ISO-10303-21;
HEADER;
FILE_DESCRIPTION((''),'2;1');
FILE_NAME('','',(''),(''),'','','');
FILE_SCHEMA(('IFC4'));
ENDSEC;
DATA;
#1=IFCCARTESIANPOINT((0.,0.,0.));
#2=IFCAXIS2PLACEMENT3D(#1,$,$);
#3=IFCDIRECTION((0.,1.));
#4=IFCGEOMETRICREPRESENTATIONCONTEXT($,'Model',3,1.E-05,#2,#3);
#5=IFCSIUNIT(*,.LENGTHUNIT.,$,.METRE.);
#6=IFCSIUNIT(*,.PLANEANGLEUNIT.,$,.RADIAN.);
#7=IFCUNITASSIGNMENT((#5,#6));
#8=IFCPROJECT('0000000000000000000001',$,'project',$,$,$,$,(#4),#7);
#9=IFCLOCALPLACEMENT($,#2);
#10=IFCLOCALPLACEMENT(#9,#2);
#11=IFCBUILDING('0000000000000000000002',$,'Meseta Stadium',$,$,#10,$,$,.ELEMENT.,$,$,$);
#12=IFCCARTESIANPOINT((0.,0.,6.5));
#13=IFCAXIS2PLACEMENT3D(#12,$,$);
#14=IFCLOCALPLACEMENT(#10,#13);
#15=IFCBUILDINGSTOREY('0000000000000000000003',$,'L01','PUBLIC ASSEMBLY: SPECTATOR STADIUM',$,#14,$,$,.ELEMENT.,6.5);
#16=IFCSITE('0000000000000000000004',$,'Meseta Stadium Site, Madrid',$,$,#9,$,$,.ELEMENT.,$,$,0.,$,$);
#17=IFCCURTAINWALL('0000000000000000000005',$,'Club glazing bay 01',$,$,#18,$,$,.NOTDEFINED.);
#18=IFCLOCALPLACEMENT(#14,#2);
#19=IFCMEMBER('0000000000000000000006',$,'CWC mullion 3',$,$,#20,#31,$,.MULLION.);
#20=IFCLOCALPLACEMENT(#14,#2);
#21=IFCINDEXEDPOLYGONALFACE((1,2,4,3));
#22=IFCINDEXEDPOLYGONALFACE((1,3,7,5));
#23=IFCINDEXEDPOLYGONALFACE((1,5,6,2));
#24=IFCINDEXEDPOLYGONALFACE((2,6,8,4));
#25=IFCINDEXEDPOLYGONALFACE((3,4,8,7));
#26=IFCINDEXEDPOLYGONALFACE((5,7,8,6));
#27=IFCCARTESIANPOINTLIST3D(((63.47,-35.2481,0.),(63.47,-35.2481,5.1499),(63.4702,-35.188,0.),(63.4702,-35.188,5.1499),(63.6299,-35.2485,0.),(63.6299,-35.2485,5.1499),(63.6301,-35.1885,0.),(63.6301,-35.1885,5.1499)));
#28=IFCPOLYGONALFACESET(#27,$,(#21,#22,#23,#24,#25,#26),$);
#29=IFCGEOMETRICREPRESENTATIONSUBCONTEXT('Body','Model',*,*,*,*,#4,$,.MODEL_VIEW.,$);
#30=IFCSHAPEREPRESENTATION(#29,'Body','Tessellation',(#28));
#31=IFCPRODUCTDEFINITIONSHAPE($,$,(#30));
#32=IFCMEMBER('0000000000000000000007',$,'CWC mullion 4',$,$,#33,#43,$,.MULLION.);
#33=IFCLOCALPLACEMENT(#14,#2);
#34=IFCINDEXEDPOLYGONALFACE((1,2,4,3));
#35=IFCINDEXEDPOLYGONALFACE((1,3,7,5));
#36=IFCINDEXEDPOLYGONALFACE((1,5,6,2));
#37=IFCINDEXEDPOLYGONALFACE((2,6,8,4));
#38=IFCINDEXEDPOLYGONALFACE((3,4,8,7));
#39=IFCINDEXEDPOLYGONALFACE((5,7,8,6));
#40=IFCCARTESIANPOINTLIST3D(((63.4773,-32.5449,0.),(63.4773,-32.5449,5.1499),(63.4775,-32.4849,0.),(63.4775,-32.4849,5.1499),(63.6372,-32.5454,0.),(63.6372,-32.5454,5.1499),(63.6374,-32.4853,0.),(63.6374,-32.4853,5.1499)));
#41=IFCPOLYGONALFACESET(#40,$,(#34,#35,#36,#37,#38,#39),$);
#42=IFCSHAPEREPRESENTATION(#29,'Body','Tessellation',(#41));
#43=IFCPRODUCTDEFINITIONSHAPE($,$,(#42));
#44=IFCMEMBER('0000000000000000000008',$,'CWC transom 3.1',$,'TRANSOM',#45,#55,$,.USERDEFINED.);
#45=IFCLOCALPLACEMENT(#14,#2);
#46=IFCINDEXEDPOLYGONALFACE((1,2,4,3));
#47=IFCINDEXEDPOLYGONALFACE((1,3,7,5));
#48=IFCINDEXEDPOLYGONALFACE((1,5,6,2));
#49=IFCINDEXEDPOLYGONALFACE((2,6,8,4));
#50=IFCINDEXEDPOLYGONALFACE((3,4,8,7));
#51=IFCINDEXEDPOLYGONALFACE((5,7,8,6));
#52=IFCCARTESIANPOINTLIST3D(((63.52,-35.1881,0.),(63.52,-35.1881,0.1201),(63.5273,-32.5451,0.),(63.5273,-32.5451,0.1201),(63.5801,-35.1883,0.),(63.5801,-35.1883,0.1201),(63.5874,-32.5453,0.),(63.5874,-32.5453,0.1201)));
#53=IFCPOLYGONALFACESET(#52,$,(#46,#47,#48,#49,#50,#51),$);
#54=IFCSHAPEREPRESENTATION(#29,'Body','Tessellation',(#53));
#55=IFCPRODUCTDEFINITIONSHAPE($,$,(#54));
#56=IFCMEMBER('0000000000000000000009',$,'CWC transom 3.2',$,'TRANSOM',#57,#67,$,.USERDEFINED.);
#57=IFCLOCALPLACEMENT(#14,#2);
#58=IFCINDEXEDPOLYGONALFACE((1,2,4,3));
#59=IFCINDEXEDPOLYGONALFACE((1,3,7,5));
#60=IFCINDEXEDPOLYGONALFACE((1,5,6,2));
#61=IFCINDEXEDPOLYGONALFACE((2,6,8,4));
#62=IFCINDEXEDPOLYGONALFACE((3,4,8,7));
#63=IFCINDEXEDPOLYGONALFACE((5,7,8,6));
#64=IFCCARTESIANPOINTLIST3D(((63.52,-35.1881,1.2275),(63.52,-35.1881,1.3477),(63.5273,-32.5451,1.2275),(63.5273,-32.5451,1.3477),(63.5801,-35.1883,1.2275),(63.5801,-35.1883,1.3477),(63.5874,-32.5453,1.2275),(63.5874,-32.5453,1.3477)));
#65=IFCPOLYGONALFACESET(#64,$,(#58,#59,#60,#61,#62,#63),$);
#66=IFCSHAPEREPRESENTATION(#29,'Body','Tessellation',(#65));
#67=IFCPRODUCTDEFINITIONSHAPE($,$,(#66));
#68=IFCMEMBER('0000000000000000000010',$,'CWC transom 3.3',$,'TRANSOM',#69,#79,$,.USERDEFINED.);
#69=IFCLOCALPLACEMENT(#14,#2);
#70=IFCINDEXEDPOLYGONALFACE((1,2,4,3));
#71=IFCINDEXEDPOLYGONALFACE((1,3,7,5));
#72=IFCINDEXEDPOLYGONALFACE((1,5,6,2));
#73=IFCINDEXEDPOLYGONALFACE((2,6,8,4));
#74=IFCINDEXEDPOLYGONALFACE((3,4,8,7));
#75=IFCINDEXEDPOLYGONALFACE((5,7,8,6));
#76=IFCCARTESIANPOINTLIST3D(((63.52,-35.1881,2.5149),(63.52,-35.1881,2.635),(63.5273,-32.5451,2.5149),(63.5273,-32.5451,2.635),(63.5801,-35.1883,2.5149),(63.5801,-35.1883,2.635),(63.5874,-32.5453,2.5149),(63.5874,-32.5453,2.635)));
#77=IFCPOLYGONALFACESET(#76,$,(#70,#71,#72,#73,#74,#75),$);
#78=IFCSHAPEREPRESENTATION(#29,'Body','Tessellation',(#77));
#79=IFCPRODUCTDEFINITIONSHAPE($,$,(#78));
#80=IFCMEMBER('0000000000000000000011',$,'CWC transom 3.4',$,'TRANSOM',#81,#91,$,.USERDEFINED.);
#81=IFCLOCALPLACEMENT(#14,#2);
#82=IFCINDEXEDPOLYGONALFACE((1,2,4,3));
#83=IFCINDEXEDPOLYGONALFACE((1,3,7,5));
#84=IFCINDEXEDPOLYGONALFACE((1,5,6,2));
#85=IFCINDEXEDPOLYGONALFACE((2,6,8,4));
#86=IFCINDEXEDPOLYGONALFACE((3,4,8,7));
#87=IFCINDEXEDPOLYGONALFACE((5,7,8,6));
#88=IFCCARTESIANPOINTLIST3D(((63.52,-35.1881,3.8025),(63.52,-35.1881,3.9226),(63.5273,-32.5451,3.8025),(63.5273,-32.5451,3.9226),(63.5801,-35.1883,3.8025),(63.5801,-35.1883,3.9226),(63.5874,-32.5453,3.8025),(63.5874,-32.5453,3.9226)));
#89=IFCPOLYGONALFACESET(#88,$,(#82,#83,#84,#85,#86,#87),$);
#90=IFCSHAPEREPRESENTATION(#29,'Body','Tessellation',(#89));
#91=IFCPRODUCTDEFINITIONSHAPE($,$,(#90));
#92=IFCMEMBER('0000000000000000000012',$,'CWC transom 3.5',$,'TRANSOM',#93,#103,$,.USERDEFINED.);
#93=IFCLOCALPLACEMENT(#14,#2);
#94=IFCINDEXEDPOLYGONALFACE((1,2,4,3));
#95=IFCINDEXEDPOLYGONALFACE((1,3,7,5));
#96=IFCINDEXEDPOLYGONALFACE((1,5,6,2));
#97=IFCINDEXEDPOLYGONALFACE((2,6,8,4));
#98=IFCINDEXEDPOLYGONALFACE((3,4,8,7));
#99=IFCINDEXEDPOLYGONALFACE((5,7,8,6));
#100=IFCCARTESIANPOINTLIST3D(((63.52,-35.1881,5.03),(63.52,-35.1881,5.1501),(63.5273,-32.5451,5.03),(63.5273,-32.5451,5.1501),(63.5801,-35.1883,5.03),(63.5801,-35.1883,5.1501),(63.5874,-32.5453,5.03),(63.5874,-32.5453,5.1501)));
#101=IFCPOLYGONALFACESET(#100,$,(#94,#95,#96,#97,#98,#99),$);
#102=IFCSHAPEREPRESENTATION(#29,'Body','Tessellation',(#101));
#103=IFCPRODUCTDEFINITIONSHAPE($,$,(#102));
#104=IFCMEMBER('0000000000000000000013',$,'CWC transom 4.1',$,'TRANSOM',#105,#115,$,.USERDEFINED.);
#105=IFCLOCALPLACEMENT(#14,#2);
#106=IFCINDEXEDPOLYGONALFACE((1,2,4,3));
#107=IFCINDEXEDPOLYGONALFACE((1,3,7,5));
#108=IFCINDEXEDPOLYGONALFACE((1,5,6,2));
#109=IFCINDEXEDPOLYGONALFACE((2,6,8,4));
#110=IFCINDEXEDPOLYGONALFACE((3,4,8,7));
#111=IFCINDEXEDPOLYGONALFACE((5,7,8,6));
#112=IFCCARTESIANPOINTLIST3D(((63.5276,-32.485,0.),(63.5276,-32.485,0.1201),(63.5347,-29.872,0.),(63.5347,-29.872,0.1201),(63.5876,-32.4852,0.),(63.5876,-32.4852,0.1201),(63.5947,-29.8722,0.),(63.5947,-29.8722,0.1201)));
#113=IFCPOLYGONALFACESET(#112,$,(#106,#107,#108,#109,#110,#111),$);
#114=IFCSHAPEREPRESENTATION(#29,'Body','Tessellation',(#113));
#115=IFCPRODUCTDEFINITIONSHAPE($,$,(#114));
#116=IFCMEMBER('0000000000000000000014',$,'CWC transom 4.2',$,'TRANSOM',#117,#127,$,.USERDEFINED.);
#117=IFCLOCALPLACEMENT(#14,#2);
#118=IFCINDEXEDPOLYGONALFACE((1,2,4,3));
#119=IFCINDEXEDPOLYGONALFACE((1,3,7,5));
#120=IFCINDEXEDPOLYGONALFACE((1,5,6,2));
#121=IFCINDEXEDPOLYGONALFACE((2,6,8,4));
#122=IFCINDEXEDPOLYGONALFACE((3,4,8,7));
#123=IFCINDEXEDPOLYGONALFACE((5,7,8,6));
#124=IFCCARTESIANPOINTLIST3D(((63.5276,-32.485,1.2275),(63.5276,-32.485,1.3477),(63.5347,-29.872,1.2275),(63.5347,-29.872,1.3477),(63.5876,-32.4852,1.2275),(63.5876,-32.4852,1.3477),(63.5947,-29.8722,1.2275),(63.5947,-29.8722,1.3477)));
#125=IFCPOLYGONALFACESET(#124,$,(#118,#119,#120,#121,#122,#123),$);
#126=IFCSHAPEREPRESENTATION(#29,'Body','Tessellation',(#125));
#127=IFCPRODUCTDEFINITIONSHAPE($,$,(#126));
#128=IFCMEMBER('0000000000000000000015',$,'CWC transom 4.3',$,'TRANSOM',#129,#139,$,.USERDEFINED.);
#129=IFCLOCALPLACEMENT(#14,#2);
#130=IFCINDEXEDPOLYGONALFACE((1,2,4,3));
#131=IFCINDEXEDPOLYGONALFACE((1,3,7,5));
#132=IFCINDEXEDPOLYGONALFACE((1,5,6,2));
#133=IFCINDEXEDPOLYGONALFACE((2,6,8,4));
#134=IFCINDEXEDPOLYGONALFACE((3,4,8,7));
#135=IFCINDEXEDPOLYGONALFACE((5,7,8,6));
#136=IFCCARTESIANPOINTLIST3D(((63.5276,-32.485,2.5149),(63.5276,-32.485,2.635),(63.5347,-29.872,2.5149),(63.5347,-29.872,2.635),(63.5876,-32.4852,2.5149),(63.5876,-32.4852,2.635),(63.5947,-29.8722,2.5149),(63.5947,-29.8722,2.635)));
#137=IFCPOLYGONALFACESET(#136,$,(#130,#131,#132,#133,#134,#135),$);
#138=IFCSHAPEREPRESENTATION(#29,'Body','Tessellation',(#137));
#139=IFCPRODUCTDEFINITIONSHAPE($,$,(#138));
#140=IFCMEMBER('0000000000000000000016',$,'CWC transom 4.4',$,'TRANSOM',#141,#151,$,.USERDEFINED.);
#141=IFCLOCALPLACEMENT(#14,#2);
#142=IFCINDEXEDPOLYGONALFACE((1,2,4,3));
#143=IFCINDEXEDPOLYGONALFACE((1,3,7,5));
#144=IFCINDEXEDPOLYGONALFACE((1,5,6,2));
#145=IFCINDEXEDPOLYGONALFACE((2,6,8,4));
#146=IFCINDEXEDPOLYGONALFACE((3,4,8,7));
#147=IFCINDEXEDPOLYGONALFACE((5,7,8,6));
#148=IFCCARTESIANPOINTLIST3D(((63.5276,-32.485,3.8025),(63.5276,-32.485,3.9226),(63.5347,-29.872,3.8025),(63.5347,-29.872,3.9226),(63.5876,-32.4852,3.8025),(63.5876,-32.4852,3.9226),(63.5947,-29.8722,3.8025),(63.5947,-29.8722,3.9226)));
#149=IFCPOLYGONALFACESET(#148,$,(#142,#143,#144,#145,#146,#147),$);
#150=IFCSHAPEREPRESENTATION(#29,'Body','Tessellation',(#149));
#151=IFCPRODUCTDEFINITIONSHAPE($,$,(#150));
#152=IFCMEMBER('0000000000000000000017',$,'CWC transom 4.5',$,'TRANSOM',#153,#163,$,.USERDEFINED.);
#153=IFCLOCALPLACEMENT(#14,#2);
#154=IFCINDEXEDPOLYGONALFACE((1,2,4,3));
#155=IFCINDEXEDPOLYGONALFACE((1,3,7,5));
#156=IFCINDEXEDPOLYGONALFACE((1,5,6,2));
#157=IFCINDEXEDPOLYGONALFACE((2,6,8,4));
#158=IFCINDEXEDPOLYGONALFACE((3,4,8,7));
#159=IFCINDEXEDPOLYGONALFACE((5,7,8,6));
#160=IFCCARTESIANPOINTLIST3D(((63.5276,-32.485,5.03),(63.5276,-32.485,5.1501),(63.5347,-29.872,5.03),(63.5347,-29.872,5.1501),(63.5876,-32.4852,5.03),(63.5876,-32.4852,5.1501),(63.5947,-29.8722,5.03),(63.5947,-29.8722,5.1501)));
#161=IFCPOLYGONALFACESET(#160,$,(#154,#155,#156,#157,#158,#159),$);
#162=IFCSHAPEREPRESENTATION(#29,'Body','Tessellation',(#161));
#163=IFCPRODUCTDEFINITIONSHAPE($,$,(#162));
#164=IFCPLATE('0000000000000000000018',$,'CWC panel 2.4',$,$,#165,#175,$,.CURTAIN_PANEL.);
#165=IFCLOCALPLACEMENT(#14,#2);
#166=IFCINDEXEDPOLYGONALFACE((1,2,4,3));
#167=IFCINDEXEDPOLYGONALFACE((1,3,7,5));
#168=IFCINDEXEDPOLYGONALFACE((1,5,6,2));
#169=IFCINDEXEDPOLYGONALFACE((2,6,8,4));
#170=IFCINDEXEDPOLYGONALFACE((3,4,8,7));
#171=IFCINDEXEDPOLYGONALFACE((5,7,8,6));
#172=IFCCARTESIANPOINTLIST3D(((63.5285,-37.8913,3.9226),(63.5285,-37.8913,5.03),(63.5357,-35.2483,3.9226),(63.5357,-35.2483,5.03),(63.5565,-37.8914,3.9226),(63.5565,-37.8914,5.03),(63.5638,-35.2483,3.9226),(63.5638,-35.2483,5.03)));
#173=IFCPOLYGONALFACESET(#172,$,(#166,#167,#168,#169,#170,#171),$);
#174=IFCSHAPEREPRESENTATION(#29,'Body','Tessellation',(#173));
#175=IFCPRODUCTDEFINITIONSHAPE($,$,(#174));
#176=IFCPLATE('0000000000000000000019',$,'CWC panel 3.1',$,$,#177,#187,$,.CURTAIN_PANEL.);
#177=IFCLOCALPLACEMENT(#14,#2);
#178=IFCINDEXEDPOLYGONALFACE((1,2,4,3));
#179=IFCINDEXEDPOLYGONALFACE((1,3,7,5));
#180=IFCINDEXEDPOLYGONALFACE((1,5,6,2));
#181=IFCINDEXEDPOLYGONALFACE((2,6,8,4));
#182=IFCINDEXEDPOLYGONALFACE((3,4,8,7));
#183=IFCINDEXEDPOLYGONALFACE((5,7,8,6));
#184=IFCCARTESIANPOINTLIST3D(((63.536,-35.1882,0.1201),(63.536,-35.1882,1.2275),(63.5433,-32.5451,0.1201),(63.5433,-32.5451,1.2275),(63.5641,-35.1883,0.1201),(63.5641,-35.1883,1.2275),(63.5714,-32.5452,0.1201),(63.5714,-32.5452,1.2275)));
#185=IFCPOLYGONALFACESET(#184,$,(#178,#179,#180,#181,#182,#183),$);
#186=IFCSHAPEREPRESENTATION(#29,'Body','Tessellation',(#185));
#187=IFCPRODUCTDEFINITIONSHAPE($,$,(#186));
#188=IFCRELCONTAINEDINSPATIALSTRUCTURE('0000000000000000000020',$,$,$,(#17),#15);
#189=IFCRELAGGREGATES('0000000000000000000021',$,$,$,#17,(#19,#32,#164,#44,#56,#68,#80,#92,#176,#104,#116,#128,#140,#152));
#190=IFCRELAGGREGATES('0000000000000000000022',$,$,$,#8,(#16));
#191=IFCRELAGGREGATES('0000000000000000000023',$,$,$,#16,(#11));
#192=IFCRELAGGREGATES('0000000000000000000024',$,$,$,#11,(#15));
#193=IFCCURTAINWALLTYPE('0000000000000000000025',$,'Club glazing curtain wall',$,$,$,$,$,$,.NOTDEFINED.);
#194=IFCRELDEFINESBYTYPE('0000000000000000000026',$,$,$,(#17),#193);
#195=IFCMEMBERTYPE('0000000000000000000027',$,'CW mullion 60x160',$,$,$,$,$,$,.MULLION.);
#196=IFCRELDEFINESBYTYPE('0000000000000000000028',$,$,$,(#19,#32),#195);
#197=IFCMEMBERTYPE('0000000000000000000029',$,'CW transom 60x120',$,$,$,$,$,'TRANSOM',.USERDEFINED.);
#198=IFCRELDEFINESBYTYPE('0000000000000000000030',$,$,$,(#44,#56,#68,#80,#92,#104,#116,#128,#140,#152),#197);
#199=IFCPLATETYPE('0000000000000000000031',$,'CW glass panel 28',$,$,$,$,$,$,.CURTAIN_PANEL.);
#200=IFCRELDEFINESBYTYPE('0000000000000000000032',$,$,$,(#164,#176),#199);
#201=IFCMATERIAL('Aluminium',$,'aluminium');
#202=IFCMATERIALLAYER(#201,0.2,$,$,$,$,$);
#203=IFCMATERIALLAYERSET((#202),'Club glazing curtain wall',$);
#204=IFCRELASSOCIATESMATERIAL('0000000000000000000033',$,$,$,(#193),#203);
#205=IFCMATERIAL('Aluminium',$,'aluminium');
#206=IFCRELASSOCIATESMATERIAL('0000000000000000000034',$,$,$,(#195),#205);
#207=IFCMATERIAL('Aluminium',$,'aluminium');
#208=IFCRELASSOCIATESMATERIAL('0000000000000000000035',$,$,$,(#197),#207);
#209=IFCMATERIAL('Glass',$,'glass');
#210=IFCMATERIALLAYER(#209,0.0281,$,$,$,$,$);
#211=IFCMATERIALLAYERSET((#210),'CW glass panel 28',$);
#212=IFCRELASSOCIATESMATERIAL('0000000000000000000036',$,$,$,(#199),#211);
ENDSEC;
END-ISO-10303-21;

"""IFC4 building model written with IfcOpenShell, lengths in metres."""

from ifc_helpers import new_model, si_unit, direction, frame, origin, origin_2d, place, context, subcontext, project, spatial, rectangle, extrude, material, layer, layer_set, material_profile, profile_set, type_object, element, aggregate, save


model = new_model("IFC4")

# Units and contexts
model_context = context("Model", 3, precision=1e-05, world=origin(), true_north=direction((0.0, 1.0)))
body_context = subcontext(model_context, "Body", "Model", "MODEL_VIEW")
ifc_project = project(units=[si_unit("LENGTHUNIT", "METRE"), si_unit("PLANEANGLEUNIT", "RADIAN")], contexts=[model_context])

# Site, building, storey
site_placement = place(None, origin())
site = spatial("IfcSite", under=ifc_project, at=site_placement, Name="Meseta Stadium Site, Madrid", CompositionType="ELEMENT", RefElevation=0.0)
building_placement = place(site_placement, origin())
building = spatial("IfcBuilding", under=site, at=building_placement, Name="Meseta Stadium", CompositionType="ELEMENT")
storey_placement = place(building_placement, frame((0.0, 0.0, 6.5)))
storey = spatial("IfcBuildingStorey", under=building, at=storey_placement, Name="L01", Description="PUBLIC ASSEMBLY: SPECTATOR STADIUM", CompositionType="ELEMENT", Elevation=6.5)

# Curtain wall, members, plates
ifc_material_1 = material(Name="Aluminium", Category="aluminium")
ifc_layer_1 = layer(ifc_material_1, 0.2)
ifc_layer_set_1 = layer_set([ifc_layer_1], Name="Club glazing curtain wall")
curtain_wall_type = type_object("IfcCurtainWallType", Name="Club glazing curtain wall", PredefinedType="NOTDEFINED", material=ifc_layer_set_1)
curtain_wall_placement = place(storey_placement, origin())
curtain_wall = element("IfcCurtainWall", 1, at=curtain_wall_placement, inside=storey, type_object=curtain_wall_type, Name="Club glazing bay 01", PredefinedType="NOTDEFINED")
ifc_material_2 = material(Name="Aluminium", Category="aluminium")
ifc_material_profile_1 = material_profile(ifc_material_2, rectangle(XDim=0.1599, YDim=0.0601, at=origin_2d()), Name="CW 160x60")
ifc_profile_set_1 = profile_set([ifc_material_profile_1], Name="Aluminium")
member_type_1 = type_object("IfcMemberType", Name="CW mullion 60x160", PredefinedType="MULLION", material=ifc_profile_set_1)
member_1_placement = place(storey_placement, frame((63.55, -35.2183, 0.0), z_axis=(0.0, 0.0, 1.0), x_axis=(-0.999996, 0.002758, 0.0)))
member_1 = element("IfcMember", 2, at=member_1_placement, type_object=member_type_1, Name="CWC mullion 3", PredefinedType="MULLION", context=body_context, shape_type="SweptSolid", body=[
    extrude(rectangle(XDim=0.1599, YDim=0.0601, at=origin_2d()), origin(), (0.0, 0.0, 1.0), 5.1499),
])
member_2_placement = place(storey_placement, frame((63.5574, -32.5151, 0.0), z_axis=(0.0, 0.0, 1.0), x_axis=(-0.999996, 0.002758, 0.0)))
member_2 = element("IfcMember", 3, at=member_2_placement, type_object=member_type_1, Name="CWC mullion 4", PredefinedType="MULLION", context=body_context, shape_type="SweptSolid", body=[
    extrude(rectangle(XDim=0.1599, YDim=0.0601, at=origin_2d()), origin(), (0.0, 0.0, 1.0), 5.1499),
])
ifc_material_3 = material(Name="Aluminium", Category="aluminium")
ifc_material_profile_2 = material_profile(ifc_material_3, rectangle(XDim=0.0601, YDim=0.1201, at=origin_2d()), Name="CW 60x120")
ifc_profile_set_2 = profile_set([ifc_material_profile_2], Name="Aluminium")
member_type_2 = type_object("IfcMemberType", Name="CW transom 60x120", ElementType="TRANSOM", PredefinedType="USERDEFINED", material=ifc_profile_set_2)
member_3_placement = place(storey_placement, frame((63.55, -35.1882, 0.0601), z_axis=(0.002771, 0.999996, 0.0), x_axis=(-0.999996, 0.002771, 0.0)))
member_3 = element("IfcMember", 4, at=member_3_placement, type_object=member_type_2, Name="CWC transom 3.1", ObjectType="TRANSOM", PredefinedType="USERDEFINED", context=body_context, shape_type="SweptSolid", body=[
    extrude(rectangle(XDim=0.0601, YDim=0.1201, at=origin_2d()), origin(), (0.0, 0.0, 1.0), 2.6431),
])
member_4_placement = place(storey_placement, frame((63.55, -35.1882, 1.2876), z_axis=(0.002771, 0.999996, 0.0), x_axis=(-0.999996, 0.002771, 0.0)))
member_4 = element("IfcMember", 5, at=member_4_placement, type_object=member_type_2, Name="CWC transom 3.2", ObjectType="TRANSOM", PredefinedType="USERDEFINED", context=body_context, shape_type="SweptSolid", body=[
    extrude(rectangle(XDim=0.0601, YDim=0.1201, at=origin_2d()), origin(), (0.0, 0.0, 1.0), 2.6431),
])
member_5_placement = place(storey_placement, frame((63.55, -35.1882, 2.575), z_axis=(0.002771, 0.999996, 0.0), x_axis=(-0.999996, 0.002771, 0.0)))
member_5 = element("IfcMember", 6, at=member_5_placement, type_object=member_type_2, Name="CWC transom 3.3", ObjectType="TRANSOM", PredefinedType="USERDEFINED", context=body_context, shape_type="SweptSolid", body=[
    extrude(rectangle(XDim=0.0601, YDim=0.1201, at=origin_2d()), origin(), (0.0, 0.0, 1.0), 2.6431),
])
member_6_placement = place(storey_placement, frame((63.55, -35.1882, 3.8625), z_axis=(0.002771, 0.999996, 0.0), x_axis=(-0.999996, 0.002771, 0.0)))
member_6 = element("IfcMember", 7, at=member_6_placement, type_object=member_type_2, Name="CWC transom 3.4", ObjectType="TRANSOM", PredefinedType="USERDEFINED", context=body_context, shape_type="SweptSolid", body=[
    extrude(rectangle(XDim=0.0601, YDim=0.1201, at=origin_2d()), origin(), (0.0, 0.0, 1.0), 2.6431),
])
member_7_placement = place(storey_placement, frame((63.55, -35.1882, 5.0901), z_axis=(0.002771, 0.999996, 0.0), x_axis=(-0.999996, 0.002771, 0.0)))
member_7 = element("IfcMember", 8, at=member_7_placement, type_object=member_type_2, Name="CWC transom 3.5", ObjectType="TRANSOM", PredefinedType="USERDEFINED", context=body_context, shape_type="SweptSolid", body=[
    extrude(rectangle(XDim=0.0601, YDim=0.1201, at=origin_2d()), origin(), (0.0, 0.0, 1.0), 2.6431),
])
member_8_placement = place(storey_placement, frame((63.5576, -32.4851, 0.0601), z_axis=(0.00271, 0.999996, 0.0), x_axis=(-0.999996, 0.00271, 0.0)))
member_8 = element("IfcMember", 9, at=member_8_placement, type_object=member_type_2, Name="CWC transom 4.1", ObjectType="TRANSOM", PredefinedType="USERDEFINED", context=body_context, shape_type="SweptSolid", body=[
    extrude(rectangle(XDim=0.0601, YDim=0.1201, at=origin_2d()), origin(), (0.0, 0.0, 1.0), 2.613),
])
member_9_placement = place(storey_placement, frame((63.5576, -32.4851, 1.2876), z_axis=(0.00271, 0.999996, 0.0), x_axis=(-0.999996, 0.00271, 0.0)))
member_9 = element("IfcMember", 10, at=member_9_placement, type_object=member_type_2, Name="CWC transom 4.2", ObjectType="TRANSOM", PredefinedType="USERDEFINED", context=body_context, shape_type="SweptSolid", body=[
    extrude(rectangle(XDim=0.0601, YDim=0.1201, at=origin_2d()), origin(), (0.0, 0.0, 1.0), 2.613),
])
member_10_placement = place(storey_placement, frame((63.5576, -32.4851, 2.575), z_axis=(0.00271, 0.999996, 0.0), x_axis=(-0.999996, 0.00271, 0.0)))
member_10 = element("IfcMember", 11, at=member_10_placement, type_object=member_type_2, Name="CWC transom 4.3", ObjectType="TRANSOM", PredefinedType="USERDEFINED", context=body_context, shape_type="SweptSolid", body=[
    extrude(rectangle(XDim=0.0601, YDim=0.1201, at=origin_2d()), origin(), (0.0, 0.0, 1.0), 2.613),
])
member_11_placement = place(storey_placement, frame((63.5576, -32.4851, 3.8625), z_axis=(0.00271, 0.999996, 0.0), x_axis=(-0.999996, 0.00271, 0.0)))
member_11 = element("IfcMember", 12, at=member_11_placement, type_object=member_type_2, Name="CWC transom 4.4", ObjectType="TRANSOM", PredefinedType="USERDEFINED", context=body_context, shape_type="SweptSolid", body=[
    extrude(rectangle(XDim=0.0601, YDim=0.1201, at=origin_2d()), origin(), (0.0, 0.0, 1.0), 2.613),
])
member_12_placement = place(storey_placement, frame((63.5576, -32.4851, 5.0901), z_axis=(0.00271, 0.999996, 0.0), x_axis=(-0.999996, 0.00271, 0.0)))
member_12 = element("IfcMember", 13, at=member_12_placement, type_object=member_type_2, Name="CWC transom 4.5", ObjectType="TRANSOM", PredefinedType="USERDEFINED", context=body_context, shape_type="SweptSolid", body=[
    extrude(rectangle(XDim=0.0601, YDim=0.1201, at=origin_2d()), origin(), (0.0, 0.0, 1.0), 2.613),
])
ifc_material_4 = material(Name="Glass", Category="glass")
ifc_layer_2 = layer(ifc_material_4, 0.0281)
ifc_layer_set_2 = layer_set([ifc_layer_2], Name="CW glass panel 28")
plate_type = type_object("IfcPlateType", Name="CW glass panel 28", PredefinedType="CURTAIN_PANEL", material=ifc_layer_set_2)
plate_1_placement = place(storey_placement, frame((63.5461, -36.5698, 3.9226), z_axis=(0.0, 0.0, 1.0), x_axis=(0.002758, 0.999996, 0.0)))
plate_1 = element("IfcPlate", 14, at=plate_1_placement, type_object=plate_type, Name="CWC panel 2.4", PredefinedType="CURTAIN_PANEL", context=body_context, shape_type="SweptSolid", body=[
    extrude(rectangle(XDim=2.6431, YDim=0.0281, at=origin_2d()), origin(), (0.0, 0.0, 1.0), 1.1074),
])
plate_2_placement = place(storey_placement, frame((63.5537, -33.8667, 0.1201), z_axis=(0.0, 0.0, 1.0), x_axis=(0.002758, 0.999996, 0.0)))
plate_2 = element("IfcPlate", 15, at=plate_2_placement, type_object=plate_type, Name="CWC panel 3.1", PredefinedType="CURTAIN_PANEL", context=body_context, shape_type="SweptSolid", body=[
    extrude(rectangle(XDim=2.6431, YDim=0.0281, at=origin_2d()), origin(), (0.0, 0.0, 1.0), 1.1074),
])
aggregate(curtain_wall, [member_1, member_2, plate_1, member_3, member_4, member_5, member_6, member_7, plate_2, member_8, member_9, member_10, member_11, member_12])

save(model, "model.ifc")
